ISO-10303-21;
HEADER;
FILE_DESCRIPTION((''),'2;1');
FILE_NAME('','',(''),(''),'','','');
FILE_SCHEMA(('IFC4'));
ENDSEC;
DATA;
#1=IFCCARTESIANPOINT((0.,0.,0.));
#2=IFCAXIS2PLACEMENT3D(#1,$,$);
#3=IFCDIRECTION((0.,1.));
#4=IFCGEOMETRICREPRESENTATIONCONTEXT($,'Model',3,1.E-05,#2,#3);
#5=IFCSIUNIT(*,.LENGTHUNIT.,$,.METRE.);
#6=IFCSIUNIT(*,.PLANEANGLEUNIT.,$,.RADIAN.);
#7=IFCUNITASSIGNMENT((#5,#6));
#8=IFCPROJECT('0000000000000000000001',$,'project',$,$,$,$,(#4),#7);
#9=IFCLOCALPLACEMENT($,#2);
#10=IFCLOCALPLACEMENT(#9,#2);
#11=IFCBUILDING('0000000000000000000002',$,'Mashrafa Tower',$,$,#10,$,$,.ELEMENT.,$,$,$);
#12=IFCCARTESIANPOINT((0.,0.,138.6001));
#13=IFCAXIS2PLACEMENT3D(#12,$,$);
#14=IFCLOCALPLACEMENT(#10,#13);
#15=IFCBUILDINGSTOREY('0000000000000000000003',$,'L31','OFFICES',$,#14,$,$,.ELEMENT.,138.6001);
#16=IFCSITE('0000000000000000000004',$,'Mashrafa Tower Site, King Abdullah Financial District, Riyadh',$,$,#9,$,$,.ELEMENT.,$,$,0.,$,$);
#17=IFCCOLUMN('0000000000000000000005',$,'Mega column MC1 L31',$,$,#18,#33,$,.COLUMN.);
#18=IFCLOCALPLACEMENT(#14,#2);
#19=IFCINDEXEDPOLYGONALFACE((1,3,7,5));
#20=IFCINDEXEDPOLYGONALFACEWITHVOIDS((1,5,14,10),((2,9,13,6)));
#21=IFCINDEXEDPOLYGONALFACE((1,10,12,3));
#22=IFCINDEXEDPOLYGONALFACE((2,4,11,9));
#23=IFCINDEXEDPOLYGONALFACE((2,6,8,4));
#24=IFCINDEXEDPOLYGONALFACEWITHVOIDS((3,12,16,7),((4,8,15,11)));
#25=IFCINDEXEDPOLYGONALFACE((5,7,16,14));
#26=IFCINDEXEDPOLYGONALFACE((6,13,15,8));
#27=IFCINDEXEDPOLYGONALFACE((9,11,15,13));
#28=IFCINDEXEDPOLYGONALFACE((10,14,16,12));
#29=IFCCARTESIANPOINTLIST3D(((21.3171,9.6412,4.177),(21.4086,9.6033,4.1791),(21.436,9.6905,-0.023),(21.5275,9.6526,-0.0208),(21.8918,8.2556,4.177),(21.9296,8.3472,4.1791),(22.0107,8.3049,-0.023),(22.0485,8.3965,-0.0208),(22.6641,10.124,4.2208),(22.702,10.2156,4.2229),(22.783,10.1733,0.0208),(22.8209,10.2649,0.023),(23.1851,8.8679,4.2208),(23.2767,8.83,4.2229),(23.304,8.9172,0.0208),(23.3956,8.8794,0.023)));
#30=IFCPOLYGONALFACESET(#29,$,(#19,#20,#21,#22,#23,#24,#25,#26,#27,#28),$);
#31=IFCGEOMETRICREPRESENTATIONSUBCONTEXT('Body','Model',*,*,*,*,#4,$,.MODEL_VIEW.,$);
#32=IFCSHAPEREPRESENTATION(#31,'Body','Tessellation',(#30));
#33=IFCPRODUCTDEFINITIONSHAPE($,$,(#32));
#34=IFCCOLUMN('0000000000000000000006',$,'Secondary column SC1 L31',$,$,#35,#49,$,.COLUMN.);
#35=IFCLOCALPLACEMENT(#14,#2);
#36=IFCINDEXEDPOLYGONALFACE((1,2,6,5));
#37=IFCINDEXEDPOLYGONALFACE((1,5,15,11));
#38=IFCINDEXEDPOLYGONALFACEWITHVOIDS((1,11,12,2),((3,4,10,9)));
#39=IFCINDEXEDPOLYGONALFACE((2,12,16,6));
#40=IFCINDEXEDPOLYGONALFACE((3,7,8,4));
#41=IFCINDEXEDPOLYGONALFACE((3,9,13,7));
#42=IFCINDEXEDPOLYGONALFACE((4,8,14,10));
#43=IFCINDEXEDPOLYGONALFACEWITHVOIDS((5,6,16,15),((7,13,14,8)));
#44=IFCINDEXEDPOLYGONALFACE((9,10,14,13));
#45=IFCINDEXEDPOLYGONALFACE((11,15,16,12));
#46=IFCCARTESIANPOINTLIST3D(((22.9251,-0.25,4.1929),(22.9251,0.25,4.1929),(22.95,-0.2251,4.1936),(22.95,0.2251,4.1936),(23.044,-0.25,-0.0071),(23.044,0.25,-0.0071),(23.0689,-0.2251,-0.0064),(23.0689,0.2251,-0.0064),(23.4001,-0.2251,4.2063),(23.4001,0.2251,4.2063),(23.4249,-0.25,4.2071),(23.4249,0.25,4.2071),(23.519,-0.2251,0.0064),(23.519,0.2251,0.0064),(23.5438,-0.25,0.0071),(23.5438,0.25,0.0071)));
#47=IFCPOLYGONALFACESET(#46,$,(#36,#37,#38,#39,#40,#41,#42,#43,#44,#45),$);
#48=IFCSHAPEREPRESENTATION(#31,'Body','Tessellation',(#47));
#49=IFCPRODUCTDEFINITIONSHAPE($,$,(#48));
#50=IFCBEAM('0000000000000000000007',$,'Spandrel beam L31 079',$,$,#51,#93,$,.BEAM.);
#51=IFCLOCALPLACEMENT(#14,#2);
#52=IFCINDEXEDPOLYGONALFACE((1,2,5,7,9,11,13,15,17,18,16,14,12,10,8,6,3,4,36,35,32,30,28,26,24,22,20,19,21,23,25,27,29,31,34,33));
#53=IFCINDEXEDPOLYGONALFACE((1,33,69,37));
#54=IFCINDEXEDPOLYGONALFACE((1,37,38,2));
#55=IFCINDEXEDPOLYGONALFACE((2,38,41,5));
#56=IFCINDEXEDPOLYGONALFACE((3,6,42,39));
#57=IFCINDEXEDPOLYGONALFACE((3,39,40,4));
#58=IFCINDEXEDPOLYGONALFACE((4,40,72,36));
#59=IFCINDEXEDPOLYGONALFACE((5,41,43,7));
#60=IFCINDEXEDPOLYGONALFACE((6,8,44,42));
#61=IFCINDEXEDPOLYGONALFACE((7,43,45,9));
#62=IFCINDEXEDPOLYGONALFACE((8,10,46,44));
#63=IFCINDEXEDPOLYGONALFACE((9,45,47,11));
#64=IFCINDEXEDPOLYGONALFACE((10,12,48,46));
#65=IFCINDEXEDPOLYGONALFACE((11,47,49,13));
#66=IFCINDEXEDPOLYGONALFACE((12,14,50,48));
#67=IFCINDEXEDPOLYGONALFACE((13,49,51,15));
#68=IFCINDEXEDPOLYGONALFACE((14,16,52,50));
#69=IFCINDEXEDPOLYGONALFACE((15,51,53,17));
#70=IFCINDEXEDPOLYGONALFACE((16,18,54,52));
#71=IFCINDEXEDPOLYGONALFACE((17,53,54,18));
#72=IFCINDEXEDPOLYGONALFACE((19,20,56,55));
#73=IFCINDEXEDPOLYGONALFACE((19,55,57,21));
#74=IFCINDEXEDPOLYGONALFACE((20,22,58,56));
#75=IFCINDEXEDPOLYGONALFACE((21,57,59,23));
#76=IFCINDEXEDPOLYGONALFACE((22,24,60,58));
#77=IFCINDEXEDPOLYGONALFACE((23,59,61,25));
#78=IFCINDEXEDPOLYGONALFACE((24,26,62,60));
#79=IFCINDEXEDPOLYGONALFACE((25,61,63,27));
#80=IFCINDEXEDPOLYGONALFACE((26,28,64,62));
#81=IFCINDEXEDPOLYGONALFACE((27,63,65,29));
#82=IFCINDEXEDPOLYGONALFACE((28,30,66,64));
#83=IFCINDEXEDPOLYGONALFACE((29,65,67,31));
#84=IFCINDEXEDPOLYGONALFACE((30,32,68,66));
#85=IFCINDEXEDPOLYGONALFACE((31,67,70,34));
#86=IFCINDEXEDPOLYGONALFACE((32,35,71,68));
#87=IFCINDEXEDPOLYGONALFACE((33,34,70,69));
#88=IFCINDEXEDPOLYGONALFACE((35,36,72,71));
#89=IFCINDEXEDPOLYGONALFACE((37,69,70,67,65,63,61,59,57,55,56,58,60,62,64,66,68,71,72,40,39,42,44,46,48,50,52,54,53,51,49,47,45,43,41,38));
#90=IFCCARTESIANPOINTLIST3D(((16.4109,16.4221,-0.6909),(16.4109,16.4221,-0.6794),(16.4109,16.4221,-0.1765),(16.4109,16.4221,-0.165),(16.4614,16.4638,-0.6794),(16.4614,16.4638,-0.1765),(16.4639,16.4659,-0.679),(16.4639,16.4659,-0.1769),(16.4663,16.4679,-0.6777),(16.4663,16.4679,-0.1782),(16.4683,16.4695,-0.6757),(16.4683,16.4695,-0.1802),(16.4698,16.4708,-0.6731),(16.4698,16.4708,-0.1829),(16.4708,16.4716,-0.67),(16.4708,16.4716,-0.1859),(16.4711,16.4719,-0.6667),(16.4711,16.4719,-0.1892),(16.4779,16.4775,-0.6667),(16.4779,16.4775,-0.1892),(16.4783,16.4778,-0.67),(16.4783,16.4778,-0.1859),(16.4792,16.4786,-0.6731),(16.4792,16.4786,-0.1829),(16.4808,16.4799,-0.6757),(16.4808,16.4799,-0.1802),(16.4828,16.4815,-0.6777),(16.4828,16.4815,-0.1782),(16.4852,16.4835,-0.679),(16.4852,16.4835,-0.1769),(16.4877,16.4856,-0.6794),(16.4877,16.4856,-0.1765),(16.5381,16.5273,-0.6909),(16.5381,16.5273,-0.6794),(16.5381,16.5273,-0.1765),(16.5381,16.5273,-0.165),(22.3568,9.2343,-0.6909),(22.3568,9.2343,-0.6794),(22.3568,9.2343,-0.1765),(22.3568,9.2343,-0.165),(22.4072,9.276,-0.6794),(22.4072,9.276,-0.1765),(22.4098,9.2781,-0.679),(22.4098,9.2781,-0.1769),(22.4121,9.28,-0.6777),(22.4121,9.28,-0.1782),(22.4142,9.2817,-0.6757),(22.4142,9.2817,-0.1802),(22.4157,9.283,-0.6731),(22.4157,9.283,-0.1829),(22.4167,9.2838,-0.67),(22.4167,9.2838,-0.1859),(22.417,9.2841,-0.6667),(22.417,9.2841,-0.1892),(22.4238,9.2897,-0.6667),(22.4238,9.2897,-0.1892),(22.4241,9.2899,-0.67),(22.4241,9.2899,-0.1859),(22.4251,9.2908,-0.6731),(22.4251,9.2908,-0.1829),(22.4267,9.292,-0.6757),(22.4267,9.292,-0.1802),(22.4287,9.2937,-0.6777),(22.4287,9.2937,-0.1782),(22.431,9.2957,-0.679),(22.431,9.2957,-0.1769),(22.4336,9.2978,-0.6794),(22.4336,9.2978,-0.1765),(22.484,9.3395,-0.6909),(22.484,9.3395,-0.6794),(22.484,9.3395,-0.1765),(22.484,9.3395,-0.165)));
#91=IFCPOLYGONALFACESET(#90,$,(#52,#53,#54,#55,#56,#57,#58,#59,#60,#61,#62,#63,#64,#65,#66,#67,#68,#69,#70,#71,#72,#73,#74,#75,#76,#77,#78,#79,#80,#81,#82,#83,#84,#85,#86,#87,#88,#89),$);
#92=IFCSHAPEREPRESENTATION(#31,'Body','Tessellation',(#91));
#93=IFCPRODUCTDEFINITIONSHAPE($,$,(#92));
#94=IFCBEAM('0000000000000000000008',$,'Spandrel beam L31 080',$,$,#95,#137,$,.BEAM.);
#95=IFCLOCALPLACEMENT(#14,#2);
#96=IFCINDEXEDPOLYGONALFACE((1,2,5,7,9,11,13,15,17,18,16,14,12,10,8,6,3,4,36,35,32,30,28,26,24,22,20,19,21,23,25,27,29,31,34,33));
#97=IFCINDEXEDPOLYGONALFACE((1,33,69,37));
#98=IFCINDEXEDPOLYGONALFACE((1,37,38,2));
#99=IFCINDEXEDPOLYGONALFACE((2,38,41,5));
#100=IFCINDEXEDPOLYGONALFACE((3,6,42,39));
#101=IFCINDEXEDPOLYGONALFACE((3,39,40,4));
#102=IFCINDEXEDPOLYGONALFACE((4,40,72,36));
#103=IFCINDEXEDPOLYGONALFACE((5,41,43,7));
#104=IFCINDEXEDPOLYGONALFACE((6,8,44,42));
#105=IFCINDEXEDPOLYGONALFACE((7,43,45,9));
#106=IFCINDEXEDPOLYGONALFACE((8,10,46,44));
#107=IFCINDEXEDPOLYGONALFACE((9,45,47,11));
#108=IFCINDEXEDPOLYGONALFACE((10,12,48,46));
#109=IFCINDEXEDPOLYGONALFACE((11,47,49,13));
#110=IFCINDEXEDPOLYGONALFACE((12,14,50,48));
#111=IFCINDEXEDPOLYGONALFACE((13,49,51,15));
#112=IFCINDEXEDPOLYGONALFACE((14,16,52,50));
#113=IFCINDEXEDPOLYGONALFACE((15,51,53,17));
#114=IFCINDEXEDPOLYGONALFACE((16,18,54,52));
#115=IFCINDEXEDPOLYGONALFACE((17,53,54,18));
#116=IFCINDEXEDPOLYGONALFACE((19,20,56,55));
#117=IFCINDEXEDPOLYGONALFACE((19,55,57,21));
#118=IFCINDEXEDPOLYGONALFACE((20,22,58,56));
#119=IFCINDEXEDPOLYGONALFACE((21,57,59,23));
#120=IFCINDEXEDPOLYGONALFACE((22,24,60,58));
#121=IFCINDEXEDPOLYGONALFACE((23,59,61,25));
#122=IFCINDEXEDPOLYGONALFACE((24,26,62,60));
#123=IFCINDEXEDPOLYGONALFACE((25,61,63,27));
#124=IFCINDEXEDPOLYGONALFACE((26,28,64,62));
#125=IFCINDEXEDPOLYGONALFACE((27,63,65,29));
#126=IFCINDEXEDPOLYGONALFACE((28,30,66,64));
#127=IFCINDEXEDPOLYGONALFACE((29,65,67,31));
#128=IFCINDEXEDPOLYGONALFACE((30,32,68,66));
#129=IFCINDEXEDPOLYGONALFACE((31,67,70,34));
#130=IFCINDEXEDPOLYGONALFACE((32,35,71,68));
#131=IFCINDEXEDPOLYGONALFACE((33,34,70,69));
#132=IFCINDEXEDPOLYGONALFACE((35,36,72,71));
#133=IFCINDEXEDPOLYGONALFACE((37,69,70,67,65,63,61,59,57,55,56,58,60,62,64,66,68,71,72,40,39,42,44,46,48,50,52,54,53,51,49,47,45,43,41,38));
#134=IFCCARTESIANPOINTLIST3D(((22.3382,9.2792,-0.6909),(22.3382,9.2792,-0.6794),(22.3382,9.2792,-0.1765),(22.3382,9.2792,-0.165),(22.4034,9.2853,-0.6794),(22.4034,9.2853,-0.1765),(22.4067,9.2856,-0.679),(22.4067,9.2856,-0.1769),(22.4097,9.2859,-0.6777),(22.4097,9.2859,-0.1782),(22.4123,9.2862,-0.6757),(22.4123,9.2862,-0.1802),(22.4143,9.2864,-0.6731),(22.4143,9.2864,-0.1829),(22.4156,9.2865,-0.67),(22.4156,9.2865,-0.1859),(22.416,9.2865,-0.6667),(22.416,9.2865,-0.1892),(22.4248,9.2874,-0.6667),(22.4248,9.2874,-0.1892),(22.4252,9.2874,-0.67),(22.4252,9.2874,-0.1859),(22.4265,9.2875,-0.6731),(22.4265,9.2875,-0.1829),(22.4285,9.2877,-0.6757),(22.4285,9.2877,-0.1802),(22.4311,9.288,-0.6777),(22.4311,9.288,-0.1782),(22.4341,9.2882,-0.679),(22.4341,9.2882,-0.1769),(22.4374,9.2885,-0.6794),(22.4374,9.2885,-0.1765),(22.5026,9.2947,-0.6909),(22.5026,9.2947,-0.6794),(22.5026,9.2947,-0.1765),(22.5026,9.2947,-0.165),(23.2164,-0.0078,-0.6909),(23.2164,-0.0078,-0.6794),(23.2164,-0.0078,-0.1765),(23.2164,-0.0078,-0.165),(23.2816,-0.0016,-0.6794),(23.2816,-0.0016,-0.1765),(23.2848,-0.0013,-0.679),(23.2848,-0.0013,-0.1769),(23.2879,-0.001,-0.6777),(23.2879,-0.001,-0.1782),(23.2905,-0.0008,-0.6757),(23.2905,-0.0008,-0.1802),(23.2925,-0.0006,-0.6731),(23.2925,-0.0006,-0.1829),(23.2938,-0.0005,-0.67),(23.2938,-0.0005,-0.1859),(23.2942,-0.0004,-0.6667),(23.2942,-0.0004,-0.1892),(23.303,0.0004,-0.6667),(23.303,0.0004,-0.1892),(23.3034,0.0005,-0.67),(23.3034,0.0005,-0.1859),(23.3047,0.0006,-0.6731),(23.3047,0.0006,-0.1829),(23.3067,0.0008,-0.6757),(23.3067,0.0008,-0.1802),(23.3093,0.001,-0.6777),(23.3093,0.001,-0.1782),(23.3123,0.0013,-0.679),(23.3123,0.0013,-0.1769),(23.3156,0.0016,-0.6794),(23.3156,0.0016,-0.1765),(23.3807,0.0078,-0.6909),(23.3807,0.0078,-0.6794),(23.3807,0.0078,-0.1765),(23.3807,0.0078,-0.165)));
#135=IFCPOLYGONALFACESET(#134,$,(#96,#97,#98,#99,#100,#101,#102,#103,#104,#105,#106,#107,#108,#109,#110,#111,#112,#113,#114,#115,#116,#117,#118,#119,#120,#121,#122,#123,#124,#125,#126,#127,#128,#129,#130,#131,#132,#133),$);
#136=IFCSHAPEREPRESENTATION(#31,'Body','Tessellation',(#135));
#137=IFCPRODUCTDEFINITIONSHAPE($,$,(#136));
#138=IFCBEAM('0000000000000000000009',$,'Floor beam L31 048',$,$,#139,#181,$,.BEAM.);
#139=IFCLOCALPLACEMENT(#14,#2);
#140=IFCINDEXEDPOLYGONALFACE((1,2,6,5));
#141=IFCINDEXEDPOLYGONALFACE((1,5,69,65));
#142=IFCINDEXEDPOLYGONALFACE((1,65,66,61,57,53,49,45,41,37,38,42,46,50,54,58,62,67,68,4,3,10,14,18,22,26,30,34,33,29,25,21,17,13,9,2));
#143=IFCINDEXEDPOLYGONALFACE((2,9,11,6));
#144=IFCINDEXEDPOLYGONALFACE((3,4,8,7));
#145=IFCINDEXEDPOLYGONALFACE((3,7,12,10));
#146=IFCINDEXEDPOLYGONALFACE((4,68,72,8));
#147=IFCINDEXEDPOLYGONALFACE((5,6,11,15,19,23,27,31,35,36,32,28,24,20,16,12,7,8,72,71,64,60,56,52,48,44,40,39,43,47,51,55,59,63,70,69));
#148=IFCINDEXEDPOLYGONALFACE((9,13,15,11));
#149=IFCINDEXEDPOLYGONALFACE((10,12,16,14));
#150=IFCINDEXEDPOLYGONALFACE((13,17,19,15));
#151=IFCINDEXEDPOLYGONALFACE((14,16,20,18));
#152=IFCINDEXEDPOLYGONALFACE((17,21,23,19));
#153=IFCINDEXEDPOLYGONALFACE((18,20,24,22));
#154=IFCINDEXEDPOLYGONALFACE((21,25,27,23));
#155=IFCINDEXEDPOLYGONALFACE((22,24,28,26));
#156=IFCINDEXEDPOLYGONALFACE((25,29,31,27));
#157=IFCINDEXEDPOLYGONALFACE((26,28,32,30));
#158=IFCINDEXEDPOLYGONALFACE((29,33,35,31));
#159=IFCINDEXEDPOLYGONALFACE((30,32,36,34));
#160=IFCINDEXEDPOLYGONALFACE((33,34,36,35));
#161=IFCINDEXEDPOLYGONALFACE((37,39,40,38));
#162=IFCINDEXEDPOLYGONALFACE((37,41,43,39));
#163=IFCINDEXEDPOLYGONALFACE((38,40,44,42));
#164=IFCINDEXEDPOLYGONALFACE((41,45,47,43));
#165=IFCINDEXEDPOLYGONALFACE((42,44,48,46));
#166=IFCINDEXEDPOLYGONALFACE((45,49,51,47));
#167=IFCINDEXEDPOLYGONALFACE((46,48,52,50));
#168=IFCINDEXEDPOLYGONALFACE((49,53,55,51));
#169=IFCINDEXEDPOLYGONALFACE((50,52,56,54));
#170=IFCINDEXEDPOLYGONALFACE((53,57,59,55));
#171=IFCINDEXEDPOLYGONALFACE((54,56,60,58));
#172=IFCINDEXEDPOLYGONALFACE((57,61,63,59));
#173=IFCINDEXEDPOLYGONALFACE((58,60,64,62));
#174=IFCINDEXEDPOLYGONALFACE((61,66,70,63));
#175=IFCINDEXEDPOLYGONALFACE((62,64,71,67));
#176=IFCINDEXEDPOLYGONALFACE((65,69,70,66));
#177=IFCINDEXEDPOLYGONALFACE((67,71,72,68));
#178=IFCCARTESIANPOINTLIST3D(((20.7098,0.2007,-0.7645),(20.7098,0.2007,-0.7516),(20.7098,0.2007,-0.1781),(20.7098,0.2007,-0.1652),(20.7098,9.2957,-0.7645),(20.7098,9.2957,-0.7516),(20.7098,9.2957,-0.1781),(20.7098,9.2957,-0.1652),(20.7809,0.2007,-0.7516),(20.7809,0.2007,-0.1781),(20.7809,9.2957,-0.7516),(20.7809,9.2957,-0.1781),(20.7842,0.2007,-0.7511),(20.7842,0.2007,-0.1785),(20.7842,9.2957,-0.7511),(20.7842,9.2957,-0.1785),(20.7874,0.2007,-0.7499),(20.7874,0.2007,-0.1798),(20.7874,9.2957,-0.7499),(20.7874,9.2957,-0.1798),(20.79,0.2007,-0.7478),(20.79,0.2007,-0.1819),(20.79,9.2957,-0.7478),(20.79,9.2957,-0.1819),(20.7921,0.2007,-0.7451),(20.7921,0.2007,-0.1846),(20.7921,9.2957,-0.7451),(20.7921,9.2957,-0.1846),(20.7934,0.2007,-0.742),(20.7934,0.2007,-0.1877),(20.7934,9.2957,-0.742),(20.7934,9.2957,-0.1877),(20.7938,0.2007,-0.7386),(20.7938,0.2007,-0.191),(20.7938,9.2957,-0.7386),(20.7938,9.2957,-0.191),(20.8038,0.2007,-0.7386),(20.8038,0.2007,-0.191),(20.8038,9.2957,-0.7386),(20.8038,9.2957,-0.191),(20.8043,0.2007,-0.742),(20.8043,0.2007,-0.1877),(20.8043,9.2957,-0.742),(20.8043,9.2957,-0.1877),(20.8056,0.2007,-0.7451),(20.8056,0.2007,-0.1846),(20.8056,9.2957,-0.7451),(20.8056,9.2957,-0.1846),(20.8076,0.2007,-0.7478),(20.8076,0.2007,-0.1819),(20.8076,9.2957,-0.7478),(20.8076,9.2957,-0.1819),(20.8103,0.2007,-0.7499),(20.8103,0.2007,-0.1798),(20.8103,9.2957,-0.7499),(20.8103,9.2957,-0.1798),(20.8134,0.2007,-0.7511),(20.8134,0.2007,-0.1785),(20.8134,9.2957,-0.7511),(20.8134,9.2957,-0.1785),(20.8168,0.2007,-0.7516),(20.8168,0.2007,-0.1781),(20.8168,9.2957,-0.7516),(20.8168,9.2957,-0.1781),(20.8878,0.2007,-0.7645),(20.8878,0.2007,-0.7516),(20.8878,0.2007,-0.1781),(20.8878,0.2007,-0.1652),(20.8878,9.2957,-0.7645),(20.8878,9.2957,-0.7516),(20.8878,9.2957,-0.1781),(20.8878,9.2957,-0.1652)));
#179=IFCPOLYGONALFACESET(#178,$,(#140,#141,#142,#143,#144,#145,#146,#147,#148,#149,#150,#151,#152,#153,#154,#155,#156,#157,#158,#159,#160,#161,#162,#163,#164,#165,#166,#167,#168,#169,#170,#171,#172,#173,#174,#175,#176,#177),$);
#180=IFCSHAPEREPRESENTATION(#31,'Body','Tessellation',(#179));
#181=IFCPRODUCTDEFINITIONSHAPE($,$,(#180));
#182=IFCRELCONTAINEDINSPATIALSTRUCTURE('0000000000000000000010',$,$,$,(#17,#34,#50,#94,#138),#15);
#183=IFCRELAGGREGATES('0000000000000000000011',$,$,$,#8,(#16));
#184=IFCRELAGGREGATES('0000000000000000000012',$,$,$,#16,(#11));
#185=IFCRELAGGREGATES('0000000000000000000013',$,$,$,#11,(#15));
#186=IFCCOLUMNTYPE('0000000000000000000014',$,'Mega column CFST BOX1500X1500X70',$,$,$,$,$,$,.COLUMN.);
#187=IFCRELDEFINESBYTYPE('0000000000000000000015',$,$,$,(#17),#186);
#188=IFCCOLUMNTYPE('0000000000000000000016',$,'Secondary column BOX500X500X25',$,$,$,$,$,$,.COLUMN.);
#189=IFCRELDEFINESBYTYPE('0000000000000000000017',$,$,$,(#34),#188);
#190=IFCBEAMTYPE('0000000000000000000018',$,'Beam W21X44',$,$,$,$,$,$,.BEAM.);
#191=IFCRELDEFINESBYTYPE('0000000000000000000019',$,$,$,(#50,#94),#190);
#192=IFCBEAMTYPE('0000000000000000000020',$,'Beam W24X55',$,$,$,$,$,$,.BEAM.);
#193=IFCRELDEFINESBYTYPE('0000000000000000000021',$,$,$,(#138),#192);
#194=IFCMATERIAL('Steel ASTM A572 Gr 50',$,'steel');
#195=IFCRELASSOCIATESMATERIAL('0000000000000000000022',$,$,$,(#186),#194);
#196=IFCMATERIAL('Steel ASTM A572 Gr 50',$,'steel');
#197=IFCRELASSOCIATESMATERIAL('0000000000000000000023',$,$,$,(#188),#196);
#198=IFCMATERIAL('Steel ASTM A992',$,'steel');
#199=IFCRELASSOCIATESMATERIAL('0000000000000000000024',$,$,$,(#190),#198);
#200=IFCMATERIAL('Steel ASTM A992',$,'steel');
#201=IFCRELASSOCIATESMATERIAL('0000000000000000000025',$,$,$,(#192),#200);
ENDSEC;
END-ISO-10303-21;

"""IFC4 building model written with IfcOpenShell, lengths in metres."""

from ifc_helpers import new_model, si_unit, direction, frame, origin, origin_2d, place, context, subcontext, project, spatial, hollow_rectangle, i_section, extrude, material, material_profile, profile_set, type_object, element, save


model = new_model("IFC4")

# Units and contexts
model_context = context("Model", 3, precision=1e-05, world=origin(), true_north=direction((0.0, 1.0)))
body_context = subcontext(model_context, "Body", "Model", "MODEL_VIEW")
ifc_project = project(units=[si_unit("LENGTHUNIT", "METRE"), si_unit("PLANEANGLEUNIT", "RADIAN")], contexts=[model_context])

# Site, building, storey
site_placement = place(None, origin())
site = spatial("IfcSite", under=ifc_project, at=site_placement, Name="Mashrafa Tower Site, King Abdullah Financial District, Riyadh", CompositionType="ELEMENT", RefElevation=0.0)
building_placement = place(site_placement, origin())
building = spatial("IfcBuilding", under=site, at=building_placement, Name="Mashrafa Tower", CompositionType="ELEMENT")
storey_placement = place(building_placement, frame((0.0, 0.0, 138.6001)))
storey = spatial("IfcBuildingStorey", under=building, at=storey_placement, Name="L31", Description="OFFICES", CompositionType="ELEMENT", Elevation=138.6001)

# Columns
ifc_material_1 = material(Name="Steel ASTM A572 Gr 50", Category="steel")
ifc_material_profile_1 = material_profile(ifc_material_1, hollow_rectangle(XDim=1.5, YDim=1.5, WallThickness=0.0701, at=origin_2d()), Name="BOX1500X1500X70")
ifc_profile_set_1 = profile_set([ifc_material_profile_1], Name="Steel ASTM A572 Gr 50")
column_type_1 = type_object("IfcColumnType", Name="Mega column CFST BOX1500X1500X70", PredefinedType="COLUMN", material=ifc_profile_set_1)
column_1_placement = place(storey_placement, frame((22.4158, 9.2849, 0.0), z_axis=(-0.028296, -0.011737, 0.999531), x_axis=(0.383133, -0.923693, 0.0)))
element("IfcColumn", 1, at=column_1_placement, inside=storey, type_object=column_type_1, Name="Mega column MC1 L31", PredefinedType="COLUMN", context=body_context, shape_type="SweptSolid", body=[
    extrude(hollow_rectangle(XDim=1.5, YDim=1.5, WallThickness=0.0701, at=origin_2d()), origin(), (0.0, 0.0, 1.0), 4.2019),
])
ifc_material_2 = material(Name="Steel ASTM A572 Gr 50", Category="steel")
ifc_material_profile_2 = material_profile(ifc_material_2, hollow_rectangle(XDim=0.5, YDim=0.5, WallThickness=0.0249, at=origin_2d()), Name="BOX500X500X25")
ifc_profile_set_2 = profile_set([ifc_material_profile_2], Name="Steel ASTM A572 Gr 50")
column_type_2 = type_object("IfcColumnType", Name="Secondary column BOX500X500X25", PredefinedType="COLUMN", material=ifc_profile_set_2)
column_2_placement = place(storey_placement, frame((23.2939, 0.0, 0.0), z_axis=(-0.028298, 0.0, 0.9996), x_axis=(0.0, -1.0, 0.0)))
element("IfcColumn", 2, at=column_2_placement, inside=storey, type_object=column_type_2, Name="Secondary column SC1 L31", PredefinedType="COLUMN", context=body_context, shape_type="SweptSolid", body=[
    extrude(hollow_rectangle(XDim=0.5, YDim=0.5, WallThickness=0.0249, at=origin_2d()), origin(), (0.0, 0.0, 1.0), 4.2017),
])

# Beams
ifc_material_3 = material(Name="Steel ASTM A992", Category="steel")
ifc_material_profile_3 = material_profile(ifc_material_3, i_section(OverallWidth=0.165, OverallDepth=0.5259, WebThickness=0.0088, FlangeThickness=0.0115, FilletRadius=0.0127, at=origin_2d()), Name="W21X44")
ifc_profile_set_3 = profile_set([ifc_material_profile_3], Name="Steel ASTM A992")
beam_type_1 = type_object("IfcBeamType", Name="Beam W21X44", PredefinedType="BEAM", material=ifc_profile_set_3)
for number, where, z_axis, x_axis, name in (
    (3, (22.4204, 9.2869, -0.428), (-0.637397, 0.770535, 0.0), (-0.770535, -0.637397, 0.0), "Spandrel beam L31 079"),
    (4, (23.2986, 0.0, -0.428), (-0.094141, 0.995559, 0.0), (-0.995559, -0.094141, 0.0), "Spandrel beam L31 080"),
):
    element("IfcBeam", number, at=place(storey_placement, frame(where, z_axis=z_axis, x_axis=x_axis)), inside=storey, type_object=beam_type_1, Name=name, PredefinedType="BEAM", context=body_context, shape_type="SweptSolid", body=[
        extrude(i_section(OverallWidth=0.165, OverallDepth=0.5259, WebThickness=0.0088, FlangeThickness=0.0115, FilletRadius=0.0127, at=origin_2d()), origin(), (0.0, 0.0, 1.0), 9.3284),
    ])
ifc_material_4 = material(Name="Steel ASTM A992", Category="steel")
ifc_material_profile_4 = material_profile(ifc_material_4, i_section(OverallWidth=0.178, OverallDepth=0.5994, WebThickness=0.01, FlangeThickness=0.0129, FilletRadius=0.0129, at=origin_2d()), Name="W24X55")
ifc_profile_set_4 = profile_set([ifc_material_profile_4], Name="Steel ASTM A992")
beam_type_2 = type_object("IfcBeamType", Name="Beam W24X55", PredefinedType="BEAM", material=ifc_profile_set_4)
beam_placement = place(storey_placement, frame((20.7988, 9.2957, -0.4648), z_axis=(0.0, -1.0, 0.0), x_axis=(1.0, 0.0, 0.0)))
element("IfcBeam", 5, at=beam_placement, inside=storey, type_object=beam_type_2, Name="Floor beam L31 048", PredefinedType="BEAM", context=body_context, shape_type="SweptSolid", body=[
    extrude(i_section(OverallWidth=0.178, OverallDepth=0.5994, WebThickness=0.01, FlangeThickness=0.0129, FilletRadius=0.0129, at=origin_2d()), origin(), (0.0, 0.0, 1.0), 9.095),
])

save(model, "model.ifc")
